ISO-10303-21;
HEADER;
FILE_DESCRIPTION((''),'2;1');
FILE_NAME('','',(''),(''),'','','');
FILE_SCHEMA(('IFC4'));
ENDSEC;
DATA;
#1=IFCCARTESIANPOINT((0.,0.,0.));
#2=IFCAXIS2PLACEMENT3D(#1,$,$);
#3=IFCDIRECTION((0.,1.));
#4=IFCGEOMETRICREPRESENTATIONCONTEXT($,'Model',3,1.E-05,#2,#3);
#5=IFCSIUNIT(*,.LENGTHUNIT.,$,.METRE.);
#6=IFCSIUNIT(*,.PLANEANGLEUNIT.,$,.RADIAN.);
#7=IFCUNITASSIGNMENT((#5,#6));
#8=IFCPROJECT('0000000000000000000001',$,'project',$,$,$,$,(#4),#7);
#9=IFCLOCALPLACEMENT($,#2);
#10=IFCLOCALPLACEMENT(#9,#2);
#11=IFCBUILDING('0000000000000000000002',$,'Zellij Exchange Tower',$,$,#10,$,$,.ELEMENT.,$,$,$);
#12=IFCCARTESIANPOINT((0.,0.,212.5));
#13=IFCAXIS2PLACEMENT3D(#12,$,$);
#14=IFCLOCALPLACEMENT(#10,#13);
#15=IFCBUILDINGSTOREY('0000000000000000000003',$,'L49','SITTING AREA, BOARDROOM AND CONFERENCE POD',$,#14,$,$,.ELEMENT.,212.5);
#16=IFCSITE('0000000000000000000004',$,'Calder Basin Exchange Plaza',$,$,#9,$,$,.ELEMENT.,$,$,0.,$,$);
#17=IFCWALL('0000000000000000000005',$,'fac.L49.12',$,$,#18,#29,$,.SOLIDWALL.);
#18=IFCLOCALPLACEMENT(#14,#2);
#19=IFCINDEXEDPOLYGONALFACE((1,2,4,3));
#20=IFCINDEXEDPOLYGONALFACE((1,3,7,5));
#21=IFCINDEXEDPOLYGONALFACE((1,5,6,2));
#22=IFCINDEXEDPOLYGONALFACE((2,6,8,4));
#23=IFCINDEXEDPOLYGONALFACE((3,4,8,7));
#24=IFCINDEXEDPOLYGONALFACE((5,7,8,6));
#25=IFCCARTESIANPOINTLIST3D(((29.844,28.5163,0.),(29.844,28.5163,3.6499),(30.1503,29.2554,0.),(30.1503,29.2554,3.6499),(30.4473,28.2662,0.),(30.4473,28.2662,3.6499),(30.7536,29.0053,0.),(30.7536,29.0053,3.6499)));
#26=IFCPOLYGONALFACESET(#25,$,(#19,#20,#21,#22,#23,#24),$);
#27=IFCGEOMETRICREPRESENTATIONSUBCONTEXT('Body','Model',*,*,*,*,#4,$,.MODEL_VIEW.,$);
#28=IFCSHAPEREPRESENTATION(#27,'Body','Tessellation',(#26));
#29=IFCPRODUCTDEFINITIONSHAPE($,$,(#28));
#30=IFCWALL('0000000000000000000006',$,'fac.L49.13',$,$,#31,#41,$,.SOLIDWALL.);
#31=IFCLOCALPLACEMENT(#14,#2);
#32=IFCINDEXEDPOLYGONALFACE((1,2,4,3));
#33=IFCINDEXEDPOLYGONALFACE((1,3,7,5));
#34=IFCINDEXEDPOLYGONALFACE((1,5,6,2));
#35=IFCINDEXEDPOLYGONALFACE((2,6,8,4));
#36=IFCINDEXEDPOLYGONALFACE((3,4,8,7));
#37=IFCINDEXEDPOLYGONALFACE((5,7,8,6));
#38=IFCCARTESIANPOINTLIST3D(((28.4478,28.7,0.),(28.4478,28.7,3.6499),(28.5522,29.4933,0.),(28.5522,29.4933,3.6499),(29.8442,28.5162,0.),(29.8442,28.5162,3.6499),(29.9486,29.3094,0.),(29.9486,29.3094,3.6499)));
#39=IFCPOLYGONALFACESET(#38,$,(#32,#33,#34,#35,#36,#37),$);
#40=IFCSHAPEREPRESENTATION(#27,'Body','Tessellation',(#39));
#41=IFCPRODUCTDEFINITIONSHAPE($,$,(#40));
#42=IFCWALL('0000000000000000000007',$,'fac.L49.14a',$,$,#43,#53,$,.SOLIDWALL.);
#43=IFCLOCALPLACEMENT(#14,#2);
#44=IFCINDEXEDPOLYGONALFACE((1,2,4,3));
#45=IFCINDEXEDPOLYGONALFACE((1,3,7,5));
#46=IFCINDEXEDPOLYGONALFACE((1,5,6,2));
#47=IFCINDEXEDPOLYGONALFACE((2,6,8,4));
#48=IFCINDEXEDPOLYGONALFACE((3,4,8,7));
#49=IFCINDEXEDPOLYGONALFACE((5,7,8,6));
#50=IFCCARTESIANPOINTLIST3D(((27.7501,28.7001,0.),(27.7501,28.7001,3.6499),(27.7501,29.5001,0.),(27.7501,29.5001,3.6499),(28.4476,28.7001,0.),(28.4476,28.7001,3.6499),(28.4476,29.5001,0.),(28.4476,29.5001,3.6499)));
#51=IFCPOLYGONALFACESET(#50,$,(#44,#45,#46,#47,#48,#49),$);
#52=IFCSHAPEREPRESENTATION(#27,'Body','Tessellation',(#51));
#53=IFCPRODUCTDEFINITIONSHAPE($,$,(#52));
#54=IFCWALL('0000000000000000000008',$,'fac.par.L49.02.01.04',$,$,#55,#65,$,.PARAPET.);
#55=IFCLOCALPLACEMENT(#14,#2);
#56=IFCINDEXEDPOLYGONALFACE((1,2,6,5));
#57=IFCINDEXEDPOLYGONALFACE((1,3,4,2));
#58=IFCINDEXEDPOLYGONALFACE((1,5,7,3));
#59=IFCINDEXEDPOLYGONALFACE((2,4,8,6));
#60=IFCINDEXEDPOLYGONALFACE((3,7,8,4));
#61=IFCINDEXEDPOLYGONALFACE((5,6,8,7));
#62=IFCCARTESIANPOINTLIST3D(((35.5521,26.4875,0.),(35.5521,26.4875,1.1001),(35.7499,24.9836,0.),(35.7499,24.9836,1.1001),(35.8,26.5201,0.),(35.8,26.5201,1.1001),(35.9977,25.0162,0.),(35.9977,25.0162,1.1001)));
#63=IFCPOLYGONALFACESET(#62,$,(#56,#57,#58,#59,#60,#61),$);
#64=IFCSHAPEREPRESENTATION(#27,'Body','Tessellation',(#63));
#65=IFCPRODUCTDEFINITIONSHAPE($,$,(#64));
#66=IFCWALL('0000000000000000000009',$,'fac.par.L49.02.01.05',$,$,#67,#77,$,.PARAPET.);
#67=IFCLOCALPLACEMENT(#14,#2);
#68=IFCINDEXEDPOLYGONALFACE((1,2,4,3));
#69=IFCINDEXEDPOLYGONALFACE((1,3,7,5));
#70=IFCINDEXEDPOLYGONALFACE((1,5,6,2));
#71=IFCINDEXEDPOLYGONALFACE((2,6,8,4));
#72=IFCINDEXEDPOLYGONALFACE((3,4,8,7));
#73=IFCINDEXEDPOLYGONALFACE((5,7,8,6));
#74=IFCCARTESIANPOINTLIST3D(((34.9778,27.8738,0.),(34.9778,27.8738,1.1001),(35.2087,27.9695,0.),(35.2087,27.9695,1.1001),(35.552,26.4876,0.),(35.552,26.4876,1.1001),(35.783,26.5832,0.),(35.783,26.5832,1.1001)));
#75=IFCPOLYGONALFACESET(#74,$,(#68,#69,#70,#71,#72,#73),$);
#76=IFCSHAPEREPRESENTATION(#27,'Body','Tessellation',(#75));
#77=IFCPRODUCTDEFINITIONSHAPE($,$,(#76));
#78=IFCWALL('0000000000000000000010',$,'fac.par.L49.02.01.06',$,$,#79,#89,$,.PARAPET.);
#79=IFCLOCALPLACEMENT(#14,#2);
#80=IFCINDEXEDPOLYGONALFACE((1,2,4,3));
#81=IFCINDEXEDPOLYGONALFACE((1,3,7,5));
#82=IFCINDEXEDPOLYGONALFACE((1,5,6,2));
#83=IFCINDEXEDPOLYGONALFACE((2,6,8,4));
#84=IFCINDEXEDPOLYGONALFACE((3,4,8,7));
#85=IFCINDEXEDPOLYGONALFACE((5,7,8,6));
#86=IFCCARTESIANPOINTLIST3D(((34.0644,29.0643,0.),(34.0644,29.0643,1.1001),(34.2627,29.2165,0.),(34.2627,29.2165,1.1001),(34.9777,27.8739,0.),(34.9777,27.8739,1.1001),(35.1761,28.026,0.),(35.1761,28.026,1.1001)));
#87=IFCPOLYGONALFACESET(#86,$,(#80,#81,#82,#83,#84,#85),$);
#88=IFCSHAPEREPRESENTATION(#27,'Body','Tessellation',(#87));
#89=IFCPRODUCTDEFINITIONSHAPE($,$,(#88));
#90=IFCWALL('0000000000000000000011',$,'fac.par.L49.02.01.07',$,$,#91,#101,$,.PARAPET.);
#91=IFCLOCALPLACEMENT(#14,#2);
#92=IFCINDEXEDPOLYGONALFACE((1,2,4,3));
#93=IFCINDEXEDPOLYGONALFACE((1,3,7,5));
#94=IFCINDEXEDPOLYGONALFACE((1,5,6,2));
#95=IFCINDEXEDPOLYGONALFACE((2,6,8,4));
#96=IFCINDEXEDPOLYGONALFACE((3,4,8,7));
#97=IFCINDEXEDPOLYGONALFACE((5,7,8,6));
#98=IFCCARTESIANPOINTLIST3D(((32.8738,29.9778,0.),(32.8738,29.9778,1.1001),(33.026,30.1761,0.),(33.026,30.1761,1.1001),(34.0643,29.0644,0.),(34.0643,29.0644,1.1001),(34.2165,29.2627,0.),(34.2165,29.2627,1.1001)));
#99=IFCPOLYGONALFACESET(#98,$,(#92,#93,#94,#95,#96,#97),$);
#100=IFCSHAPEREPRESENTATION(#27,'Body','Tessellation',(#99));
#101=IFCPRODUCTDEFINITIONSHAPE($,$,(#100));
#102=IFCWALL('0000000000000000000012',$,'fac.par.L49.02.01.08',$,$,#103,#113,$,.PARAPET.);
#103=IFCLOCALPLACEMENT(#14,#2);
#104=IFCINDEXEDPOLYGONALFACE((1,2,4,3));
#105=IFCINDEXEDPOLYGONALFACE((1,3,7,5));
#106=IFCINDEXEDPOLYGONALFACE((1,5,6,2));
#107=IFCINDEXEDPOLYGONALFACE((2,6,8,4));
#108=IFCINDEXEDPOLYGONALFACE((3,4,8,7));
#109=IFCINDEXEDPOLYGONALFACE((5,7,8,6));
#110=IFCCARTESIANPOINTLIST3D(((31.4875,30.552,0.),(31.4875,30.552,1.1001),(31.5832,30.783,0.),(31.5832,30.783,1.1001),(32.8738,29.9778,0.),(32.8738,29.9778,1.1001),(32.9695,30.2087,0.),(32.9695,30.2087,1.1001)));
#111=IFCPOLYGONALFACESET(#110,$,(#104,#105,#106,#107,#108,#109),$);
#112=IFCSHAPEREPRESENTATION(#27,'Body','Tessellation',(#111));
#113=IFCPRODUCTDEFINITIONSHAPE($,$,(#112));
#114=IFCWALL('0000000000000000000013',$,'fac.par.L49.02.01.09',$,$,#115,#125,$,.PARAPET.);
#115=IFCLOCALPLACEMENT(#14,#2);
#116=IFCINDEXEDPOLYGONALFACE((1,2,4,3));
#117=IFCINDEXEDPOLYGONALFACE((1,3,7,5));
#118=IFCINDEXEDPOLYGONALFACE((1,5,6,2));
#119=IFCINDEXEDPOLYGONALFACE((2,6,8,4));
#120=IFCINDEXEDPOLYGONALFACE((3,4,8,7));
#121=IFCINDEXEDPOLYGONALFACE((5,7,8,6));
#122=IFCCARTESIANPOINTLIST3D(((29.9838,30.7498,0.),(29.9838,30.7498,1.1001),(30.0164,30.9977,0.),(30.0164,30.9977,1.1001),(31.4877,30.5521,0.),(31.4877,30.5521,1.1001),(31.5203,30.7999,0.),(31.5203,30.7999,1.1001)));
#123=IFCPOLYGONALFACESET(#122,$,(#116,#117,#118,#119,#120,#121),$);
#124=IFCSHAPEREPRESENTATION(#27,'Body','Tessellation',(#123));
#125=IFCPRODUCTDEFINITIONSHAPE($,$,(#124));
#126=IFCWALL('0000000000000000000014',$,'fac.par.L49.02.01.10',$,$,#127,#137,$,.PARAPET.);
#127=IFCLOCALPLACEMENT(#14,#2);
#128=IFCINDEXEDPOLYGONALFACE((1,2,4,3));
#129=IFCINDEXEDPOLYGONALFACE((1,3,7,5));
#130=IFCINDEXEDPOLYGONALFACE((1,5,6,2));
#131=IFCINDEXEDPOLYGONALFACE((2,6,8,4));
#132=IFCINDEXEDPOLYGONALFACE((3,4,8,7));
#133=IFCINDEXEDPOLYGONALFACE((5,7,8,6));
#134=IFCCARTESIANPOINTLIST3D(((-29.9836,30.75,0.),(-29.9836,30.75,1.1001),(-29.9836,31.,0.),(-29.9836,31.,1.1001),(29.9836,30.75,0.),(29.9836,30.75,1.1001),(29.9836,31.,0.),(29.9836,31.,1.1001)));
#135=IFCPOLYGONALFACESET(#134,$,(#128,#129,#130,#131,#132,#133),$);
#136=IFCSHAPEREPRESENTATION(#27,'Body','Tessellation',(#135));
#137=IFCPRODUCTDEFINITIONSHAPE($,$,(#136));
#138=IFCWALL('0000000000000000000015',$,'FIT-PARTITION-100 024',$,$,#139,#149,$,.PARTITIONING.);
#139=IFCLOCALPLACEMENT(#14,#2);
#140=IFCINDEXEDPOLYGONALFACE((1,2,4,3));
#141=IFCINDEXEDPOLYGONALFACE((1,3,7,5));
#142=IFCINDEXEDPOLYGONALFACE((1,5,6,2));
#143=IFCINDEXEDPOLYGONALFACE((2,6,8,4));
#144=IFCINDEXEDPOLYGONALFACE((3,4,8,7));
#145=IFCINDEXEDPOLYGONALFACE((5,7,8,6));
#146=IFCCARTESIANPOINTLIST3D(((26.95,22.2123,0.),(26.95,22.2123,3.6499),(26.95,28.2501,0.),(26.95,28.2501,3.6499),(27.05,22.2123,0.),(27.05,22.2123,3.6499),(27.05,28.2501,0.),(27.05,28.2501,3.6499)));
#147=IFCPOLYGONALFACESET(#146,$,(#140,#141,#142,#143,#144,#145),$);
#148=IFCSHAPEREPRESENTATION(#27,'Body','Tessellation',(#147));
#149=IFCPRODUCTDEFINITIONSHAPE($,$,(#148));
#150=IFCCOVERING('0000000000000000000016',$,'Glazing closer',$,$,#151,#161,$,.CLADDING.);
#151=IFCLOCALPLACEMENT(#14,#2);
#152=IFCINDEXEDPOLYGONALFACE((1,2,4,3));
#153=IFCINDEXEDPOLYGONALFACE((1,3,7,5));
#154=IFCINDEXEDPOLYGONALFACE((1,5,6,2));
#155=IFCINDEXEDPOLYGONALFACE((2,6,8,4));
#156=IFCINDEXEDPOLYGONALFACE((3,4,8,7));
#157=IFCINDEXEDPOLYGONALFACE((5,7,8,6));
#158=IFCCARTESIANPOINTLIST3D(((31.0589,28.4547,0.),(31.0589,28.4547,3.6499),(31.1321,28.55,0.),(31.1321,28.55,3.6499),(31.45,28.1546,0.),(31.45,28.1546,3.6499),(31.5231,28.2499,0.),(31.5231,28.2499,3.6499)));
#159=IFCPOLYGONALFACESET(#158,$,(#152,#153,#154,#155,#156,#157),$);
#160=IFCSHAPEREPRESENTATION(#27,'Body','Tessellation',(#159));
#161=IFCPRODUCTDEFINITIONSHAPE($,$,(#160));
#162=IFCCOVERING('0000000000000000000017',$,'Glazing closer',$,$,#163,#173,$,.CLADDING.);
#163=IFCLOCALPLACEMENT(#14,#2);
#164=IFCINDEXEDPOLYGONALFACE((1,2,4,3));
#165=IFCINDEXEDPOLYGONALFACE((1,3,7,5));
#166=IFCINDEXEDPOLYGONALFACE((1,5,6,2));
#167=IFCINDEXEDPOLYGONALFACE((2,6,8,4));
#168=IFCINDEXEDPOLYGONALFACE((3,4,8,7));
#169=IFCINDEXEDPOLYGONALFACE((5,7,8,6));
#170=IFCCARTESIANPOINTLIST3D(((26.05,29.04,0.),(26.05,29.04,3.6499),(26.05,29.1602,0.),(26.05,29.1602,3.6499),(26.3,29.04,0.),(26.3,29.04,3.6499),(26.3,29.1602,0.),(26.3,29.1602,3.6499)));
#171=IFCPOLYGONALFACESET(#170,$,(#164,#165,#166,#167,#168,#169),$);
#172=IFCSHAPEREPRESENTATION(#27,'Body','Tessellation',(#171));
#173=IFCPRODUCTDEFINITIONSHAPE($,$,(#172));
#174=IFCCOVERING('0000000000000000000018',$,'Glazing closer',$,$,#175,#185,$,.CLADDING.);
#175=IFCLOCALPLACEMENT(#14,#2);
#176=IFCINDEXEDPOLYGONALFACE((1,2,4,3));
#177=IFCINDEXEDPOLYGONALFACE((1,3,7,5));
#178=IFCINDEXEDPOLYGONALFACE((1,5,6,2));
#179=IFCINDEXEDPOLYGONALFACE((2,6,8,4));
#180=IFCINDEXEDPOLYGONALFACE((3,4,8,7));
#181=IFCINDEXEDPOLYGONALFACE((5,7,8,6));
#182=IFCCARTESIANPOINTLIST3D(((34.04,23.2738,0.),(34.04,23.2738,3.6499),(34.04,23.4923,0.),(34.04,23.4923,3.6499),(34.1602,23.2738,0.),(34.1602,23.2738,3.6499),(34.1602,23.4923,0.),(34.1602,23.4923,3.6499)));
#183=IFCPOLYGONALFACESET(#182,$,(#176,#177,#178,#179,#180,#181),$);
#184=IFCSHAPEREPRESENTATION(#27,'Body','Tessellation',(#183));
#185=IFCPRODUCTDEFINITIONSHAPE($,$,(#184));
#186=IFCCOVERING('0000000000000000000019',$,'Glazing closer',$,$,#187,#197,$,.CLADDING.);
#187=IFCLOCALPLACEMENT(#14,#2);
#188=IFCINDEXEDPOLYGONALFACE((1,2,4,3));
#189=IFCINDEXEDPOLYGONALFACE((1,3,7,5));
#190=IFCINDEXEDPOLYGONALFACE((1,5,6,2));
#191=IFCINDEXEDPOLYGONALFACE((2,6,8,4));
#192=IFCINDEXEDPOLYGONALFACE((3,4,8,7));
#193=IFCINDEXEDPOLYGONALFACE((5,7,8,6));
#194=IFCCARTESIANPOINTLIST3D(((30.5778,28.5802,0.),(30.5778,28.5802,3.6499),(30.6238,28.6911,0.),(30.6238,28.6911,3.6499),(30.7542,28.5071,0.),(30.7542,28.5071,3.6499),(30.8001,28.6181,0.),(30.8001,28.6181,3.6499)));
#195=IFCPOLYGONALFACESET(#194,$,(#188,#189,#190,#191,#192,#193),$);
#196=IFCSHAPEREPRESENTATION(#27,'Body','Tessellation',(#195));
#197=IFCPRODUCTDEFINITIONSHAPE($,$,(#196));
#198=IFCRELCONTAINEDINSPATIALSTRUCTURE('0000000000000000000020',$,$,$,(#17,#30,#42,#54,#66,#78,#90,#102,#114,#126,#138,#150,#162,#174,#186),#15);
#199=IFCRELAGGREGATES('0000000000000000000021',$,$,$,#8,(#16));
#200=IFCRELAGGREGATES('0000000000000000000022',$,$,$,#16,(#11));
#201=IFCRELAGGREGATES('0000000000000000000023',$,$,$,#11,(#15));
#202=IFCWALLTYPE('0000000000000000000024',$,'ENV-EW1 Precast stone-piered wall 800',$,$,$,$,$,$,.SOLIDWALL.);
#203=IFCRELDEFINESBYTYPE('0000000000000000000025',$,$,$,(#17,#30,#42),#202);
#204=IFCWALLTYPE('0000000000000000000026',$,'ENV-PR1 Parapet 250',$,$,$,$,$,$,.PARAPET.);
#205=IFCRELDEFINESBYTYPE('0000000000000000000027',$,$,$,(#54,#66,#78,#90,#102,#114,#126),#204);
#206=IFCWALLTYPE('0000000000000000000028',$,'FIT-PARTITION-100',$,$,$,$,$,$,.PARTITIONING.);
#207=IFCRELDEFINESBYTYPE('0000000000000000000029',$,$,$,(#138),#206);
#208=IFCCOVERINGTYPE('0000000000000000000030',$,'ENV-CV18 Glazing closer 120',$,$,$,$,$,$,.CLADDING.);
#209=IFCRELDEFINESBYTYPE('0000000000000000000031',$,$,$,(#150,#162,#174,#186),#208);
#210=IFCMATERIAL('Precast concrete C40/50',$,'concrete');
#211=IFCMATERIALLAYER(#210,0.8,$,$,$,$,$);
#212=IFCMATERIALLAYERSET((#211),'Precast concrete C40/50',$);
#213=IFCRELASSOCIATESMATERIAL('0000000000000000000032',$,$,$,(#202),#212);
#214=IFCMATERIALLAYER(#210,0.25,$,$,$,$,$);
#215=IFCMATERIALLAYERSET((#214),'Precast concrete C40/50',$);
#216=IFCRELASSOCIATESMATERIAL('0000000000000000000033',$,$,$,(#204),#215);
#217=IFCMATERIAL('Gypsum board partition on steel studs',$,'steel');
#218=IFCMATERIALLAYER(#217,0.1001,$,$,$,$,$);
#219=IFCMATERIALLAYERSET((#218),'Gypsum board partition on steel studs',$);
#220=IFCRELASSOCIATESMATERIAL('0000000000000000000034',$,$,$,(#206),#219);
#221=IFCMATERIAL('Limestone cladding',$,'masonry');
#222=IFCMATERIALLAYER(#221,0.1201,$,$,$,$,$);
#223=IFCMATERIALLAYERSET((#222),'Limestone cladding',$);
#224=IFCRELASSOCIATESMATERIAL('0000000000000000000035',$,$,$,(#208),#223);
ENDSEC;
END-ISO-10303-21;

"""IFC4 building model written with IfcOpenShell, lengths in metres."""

from ifc_helpers import new_model, si_unit, direction, frame, frame_2d, origin, origin_2d, place, context, subcontext, project, spatial, rectangle, extrude, material, layer, layer_set, type_object, element, save


model = new_model("IFC4")

# Units and contexts
model_context = context("Model", 3, precision=1e-05, world=origin(), true_north=direction((0.0, 1.0)))
body_context = subcontext(model_context, "Body", "Model", "MODEL_VIEW")
ifc_project = project(units=[si_unit("LENGTHUNIT", "METRE"), si_unit("PLANEANGLEUNIT", "RADIAN")], contexts=[model_context])

# Site, building, storey
site_placement = place(None, origin())
site = spatial("IfcSite", under=ifc_project, at=site_placement, Name="Calder Basin Exchange Plaza", CompositionType="ELEMENT", RefElevation=0.0)
building_placement = place(site_placement, origin())
building = spatial("IfcBuilding", under=site, at=building_placement, Name="Zellij Exchange Tower", CompositionType="ELEMENT")
storey_placement = place(building_placement, frame((0.0, 0.0, 212.5)))
storey = spatial("IfcBuildingStorey", under=building, at=storey_placement, Name="L49", Description="SITTING AREA, BOARDROOM AND CONFERENCE POD", CompositionType="ELEMENT", Elevation=212.5)

# Walls
ifc_material_1 = material(Name="Precast concrete C40/50", Category="concrete")
ifc_layer_1 = layer(ifc_material_1, 0.8)
ifc_layer_set_1 = layer_set([ifc_layer_1], Name="Precast concrete C40/50")
wall_type_1 = type_object("IfcWallType", Name="ENV-EW1 Precast stone-piered wall 800", PredefinedType="SOLIDWALL", material=ifc_layer_set_1)
wall_1_placement = place(storey_placement, frame((30.6006, 28.6357, 0.0), z_axis=(0.0, 0.0, 1.0), x_axis=(-0.923816, 0.382836, 0.0)))
element("IfcWall", 1, at=wall_1_placement, inside=storey, type_object=wall_type_1, Name="fac.L49.12", PredefinedType="SOLIDWALL", context=body_context, shape_type="SweptSolid", body=[
    extrude(rectangle(XDim=0.6531, YDim=0.8, at=frame_2d((0.3267, 0.0))), origin(), (0.0, 0.0, 1.0), 3.6499),
])
wall_2_placement = place(storey_placement, frame((29.8962, 28.9128, 0.0), z_axis=(0.0, 0.0, 1.0), x_axis=(-0.991446, 0.130517, 0.0)))
element("IfcWall", 2, at=wall_2_placement, inside=storey, type_object=wall_type_1, Name="fac.L49.13", PredefinedType="SOLIDWALL", context=body_context, shape_type="SweptSolid", body=[
    extrude(rectangle(XDim=1.4084, YDim=0.8, at=frame_2d((0.7041, 0.0))), origin(), (0.0, 0.0, 1.0), 3.6499),
])
wall_3_placement = place(storey_placement, frame((28.4475, 29.1001, 0.0), z_axis=(0.0, 0.0, 1.0), x_axis=(-1.0, 0.0, 0.0)))
element("IfcWall", 3, at=wall_3_placement, inside=storey, type_object=wall_type_1, Name="fac.L49.14a", PredefinedType="SOLIDWALL", context=body_context, shape_type="SweptSolid", body=[
    extrude(rectangle(XDim=0.6975, YDim=0.8, at=frame_2d((0.3486, 0.0))), origin(), (0.0, 0.0, 1.0), 3.6499),
])
ifc_layer_2 = layer(ifc_material_1, 0.25)
ifc_layer_set_2 = layer_set([ifc_layer_2], Name="Precast concrete C40/50")
wall_type_2 = type_object("IfcWallType", Name="ENV-PR1 Parapet 250", PredefinedType="PARAPET", material=ifc_layer_set_2)
wall_4_placement = place(storey_placement, frame((35.8738, 25.0, 0.0), z_axis=(0.0, 0.0, 1.0), x_axis=(-0.130371, 0.991465, 0.0)))
element("IfcWall", 4, at=wall_4_placement, inside=storey, type_object=wall_type_2, Name="fac.par.L49.02.01.04", PredefinedType="PARAPET", context=body_context, shape_type="SweptSolid", body=[
    extrude(rectangle(XDim=1.5168, YDim=0.25, at=frame_2d((0.7583, 0.0))), origin(), (0.0, 0.0, 1.0), 1.1001),
])
for number, where, z_axis, x_axis, name in (
    (5, (35.6675, 26.5354, 0.0), (0.0, 0.0, 1.0), (-0.382697, 0.923874, 0.0), "fac.par.L49.02.01.05"),
    (6, (35.0769, 27.95, 0.0), (0.0, 0.0, 1.0), (-0.608712, 0.793392, 0.0), "fac.par.L49.02.01.06"),
    (7, (34.1404, 29.1636, 0.0), (0.0, 0.0, 1.0), (-0.793392, 0.608712, 0.0), "fac.par.L49.02.01.07"),
    (8, (32.9216, 30.0933, 0.0), (0.0, 0.0, 1.0), (-0.923874, 0.382697, 0.0), "fac.par.L49.02.01.08"),
):
    element("IfcWall", number, at=place(storey_placement, frame(where, z_axis=z_axis, x_axis=x_axis)), inside=storey, type_object=wall_type_2, Name=name, PredefinedType="PARAPET", context=body_context, shape_type="SweptSolid", body=[
        extrude(rectangle(XDim=1.5005, YDim=0.25, at=frame_2d((0.7502, 0.0))), origin(), (0.0, 0.0, 1.0), 1.1001),
    ])
wall_5_placement = place(storey_placement, frame((31.5039, 30.676, 0.0), z_axis=(0.0, 0.0, 1.0), x_axis=(-0.991465, 0.130371, 0.0)))
element("IfcWall", 9, at=wall_5_placement, inside=storey, type_object=wall_type_2, Name="fac.par.L49.02.01.09", PredefinedType="PARAPET", context=body_context, shape_type="SweptSolid", body=[
    extrude(rectangle(XDim=1.5168, YDim=0.25, at=frame_2d((0.7583, 0.0))), origin(), (0.0, 0.0, 1.0), 1.1001),
])
wall_6_placement = place(storey_placement, frame((29.9836, 30.875, 0.0), z_axis=(0.0, 0.0, 1.0), x_axis=(-1.0, 0.0, 0.0)))
element("IfcWall", 10, at=wall_6_placement, inside=storey, type_object=wall_type_2, Name="fac.par.L49.02.01.10", PredefinedType="PARAPET", context=body_context, shape_type="SweptSolid", body=[
    extrude(rectangle(XDim=59.9673, YDim=0.25, at=frame_2d((29.9836, 0.0))), origin(), (0.0, 0.0, 1.0), 1.1001),
])
ifc_material_2 = material(Name="Gypsum board partition on steel studs", Category="steel")
ifc_layer_3 = layer(ifc_material_2, 0.1001)
ifc_layer_set_3 = layer_set([ifc_layer_3], Name="Gypsum board partition on steel studs")
wall_type_3 = type_object("IfcWallType", Name="FIT-PARTITION-100", PredefinedType="PARTITIONING", material=ifc_layer_set_3)
wall_7_placement = place(storey_placement, frame((27.0, 22.2122, 0.0), z_axis=(0.0, 0.0, 1.0), x_axis=(0.0, 1.0, 0.0)))
element("IfcWall", 11, at=wall_7_placement, inside=storey, type_object=wall_type_3, Name="FIT-PARTITION-100 024", PredefinedType="PARTITIONING", context=body_context, shape_type="SweptSolid", body=[
    extrude(rectangle(XDim=6.0378, YDim=0.1001, at=frame_2d((3.019, 0.0))), origin(), (0.0, 0.0, 1.0), 3.6499),
])

# Coverings
ifc_material_3 = material(Name="Limestone cladding", Category="masonry")
ifc_layer_4 = layer(ifc_material_3, 0.1201)
ifc_layer_set_4 = layer_set([ifc_layer_4], Name="Limestone cladding")
covering_type = type_object("IfcCoveringType", Name="ENV-CV18 Glazing closer 120", PredefinedType="CLADDING", material=ifc_layer_set_4)
covering_1_placement = place(storey_placement, frame((31.291, 28.3523, 0.0), z_axis=(0.0, 0.0, 1.0), x_axis=(-0.793316, 0.60881, 0.0)))
element("IfcCovering", 12, at=covering_1_placement, inside=storey, type_object=covering_type, Name="Glazing closer", PredefinedType="CLADDING", context=body_context, shape_type="SweptSolid", body=[
    extrude(rectangle(XDim=0.4929, YDim=0.1201, at=origin_2d()), origin(), (0.0, 0.0, 1.0), 3.6499),
])
covering_2_placement = place(storey_placement, frame((26.175, 29.1001, 0.0), z_axis=(0.0, 0.0, 1.0), x_axis=(1.0, 0.0, 0.0)))
element("IfcCovering", 13, at=covering_2_placement, inside=storey, type_object=covering_type, Name="Glazing closer", PredefinedType="CLADDING", context=body_context, shape_type="SweptSolid", body=[
    extrude(rectangle(XDim=0.25, YDim=0.1201, at=origin_2d()), origin(), (0.0, 0.0, 1.0), 3.6499),
])
covering_3_placement = place(storey_placement, frame((34.1001, 23.3831, 0.0), z_axis=(0.0, 0.0, 1.0), x_axis=(0.0, 1.0, 0.0)))
element("IfcCovering", 14, at=covering_3_placement, inside=storey, type_object=covering_type, Name="Glazing closer", PredefinedType="CLADDING", context=body_context, shape_type="SweptSolid", body=[
    extrude(rectangle(XDim=0.2185, YDim=0.1201, at=origin_2d()), origin(), (0.0, 0.0, 1.0), 3.6499),
])
covering_4_placement = place(storey_placement, frame((30.689, 28.5991, 0.0), z_axis=(0.0, 0.0, 1.0), x_axis=(0.923882, -0.382679, 0.0)))
element("IfcCovering", 15, at=covering_4_placement, inside=storey, type_object=covering_type, Name="Glazing closer", PredefinedType="CLADDING", context=body_context, shape_type="SweptSolid", body=[
    extrude(rectangle(XDim=0.1909, YDim=0.1201, at=origin_2d()), origin(), (0.0, 0.0, 1.0), 3.6499),
])

save(model, "model.ifc")
